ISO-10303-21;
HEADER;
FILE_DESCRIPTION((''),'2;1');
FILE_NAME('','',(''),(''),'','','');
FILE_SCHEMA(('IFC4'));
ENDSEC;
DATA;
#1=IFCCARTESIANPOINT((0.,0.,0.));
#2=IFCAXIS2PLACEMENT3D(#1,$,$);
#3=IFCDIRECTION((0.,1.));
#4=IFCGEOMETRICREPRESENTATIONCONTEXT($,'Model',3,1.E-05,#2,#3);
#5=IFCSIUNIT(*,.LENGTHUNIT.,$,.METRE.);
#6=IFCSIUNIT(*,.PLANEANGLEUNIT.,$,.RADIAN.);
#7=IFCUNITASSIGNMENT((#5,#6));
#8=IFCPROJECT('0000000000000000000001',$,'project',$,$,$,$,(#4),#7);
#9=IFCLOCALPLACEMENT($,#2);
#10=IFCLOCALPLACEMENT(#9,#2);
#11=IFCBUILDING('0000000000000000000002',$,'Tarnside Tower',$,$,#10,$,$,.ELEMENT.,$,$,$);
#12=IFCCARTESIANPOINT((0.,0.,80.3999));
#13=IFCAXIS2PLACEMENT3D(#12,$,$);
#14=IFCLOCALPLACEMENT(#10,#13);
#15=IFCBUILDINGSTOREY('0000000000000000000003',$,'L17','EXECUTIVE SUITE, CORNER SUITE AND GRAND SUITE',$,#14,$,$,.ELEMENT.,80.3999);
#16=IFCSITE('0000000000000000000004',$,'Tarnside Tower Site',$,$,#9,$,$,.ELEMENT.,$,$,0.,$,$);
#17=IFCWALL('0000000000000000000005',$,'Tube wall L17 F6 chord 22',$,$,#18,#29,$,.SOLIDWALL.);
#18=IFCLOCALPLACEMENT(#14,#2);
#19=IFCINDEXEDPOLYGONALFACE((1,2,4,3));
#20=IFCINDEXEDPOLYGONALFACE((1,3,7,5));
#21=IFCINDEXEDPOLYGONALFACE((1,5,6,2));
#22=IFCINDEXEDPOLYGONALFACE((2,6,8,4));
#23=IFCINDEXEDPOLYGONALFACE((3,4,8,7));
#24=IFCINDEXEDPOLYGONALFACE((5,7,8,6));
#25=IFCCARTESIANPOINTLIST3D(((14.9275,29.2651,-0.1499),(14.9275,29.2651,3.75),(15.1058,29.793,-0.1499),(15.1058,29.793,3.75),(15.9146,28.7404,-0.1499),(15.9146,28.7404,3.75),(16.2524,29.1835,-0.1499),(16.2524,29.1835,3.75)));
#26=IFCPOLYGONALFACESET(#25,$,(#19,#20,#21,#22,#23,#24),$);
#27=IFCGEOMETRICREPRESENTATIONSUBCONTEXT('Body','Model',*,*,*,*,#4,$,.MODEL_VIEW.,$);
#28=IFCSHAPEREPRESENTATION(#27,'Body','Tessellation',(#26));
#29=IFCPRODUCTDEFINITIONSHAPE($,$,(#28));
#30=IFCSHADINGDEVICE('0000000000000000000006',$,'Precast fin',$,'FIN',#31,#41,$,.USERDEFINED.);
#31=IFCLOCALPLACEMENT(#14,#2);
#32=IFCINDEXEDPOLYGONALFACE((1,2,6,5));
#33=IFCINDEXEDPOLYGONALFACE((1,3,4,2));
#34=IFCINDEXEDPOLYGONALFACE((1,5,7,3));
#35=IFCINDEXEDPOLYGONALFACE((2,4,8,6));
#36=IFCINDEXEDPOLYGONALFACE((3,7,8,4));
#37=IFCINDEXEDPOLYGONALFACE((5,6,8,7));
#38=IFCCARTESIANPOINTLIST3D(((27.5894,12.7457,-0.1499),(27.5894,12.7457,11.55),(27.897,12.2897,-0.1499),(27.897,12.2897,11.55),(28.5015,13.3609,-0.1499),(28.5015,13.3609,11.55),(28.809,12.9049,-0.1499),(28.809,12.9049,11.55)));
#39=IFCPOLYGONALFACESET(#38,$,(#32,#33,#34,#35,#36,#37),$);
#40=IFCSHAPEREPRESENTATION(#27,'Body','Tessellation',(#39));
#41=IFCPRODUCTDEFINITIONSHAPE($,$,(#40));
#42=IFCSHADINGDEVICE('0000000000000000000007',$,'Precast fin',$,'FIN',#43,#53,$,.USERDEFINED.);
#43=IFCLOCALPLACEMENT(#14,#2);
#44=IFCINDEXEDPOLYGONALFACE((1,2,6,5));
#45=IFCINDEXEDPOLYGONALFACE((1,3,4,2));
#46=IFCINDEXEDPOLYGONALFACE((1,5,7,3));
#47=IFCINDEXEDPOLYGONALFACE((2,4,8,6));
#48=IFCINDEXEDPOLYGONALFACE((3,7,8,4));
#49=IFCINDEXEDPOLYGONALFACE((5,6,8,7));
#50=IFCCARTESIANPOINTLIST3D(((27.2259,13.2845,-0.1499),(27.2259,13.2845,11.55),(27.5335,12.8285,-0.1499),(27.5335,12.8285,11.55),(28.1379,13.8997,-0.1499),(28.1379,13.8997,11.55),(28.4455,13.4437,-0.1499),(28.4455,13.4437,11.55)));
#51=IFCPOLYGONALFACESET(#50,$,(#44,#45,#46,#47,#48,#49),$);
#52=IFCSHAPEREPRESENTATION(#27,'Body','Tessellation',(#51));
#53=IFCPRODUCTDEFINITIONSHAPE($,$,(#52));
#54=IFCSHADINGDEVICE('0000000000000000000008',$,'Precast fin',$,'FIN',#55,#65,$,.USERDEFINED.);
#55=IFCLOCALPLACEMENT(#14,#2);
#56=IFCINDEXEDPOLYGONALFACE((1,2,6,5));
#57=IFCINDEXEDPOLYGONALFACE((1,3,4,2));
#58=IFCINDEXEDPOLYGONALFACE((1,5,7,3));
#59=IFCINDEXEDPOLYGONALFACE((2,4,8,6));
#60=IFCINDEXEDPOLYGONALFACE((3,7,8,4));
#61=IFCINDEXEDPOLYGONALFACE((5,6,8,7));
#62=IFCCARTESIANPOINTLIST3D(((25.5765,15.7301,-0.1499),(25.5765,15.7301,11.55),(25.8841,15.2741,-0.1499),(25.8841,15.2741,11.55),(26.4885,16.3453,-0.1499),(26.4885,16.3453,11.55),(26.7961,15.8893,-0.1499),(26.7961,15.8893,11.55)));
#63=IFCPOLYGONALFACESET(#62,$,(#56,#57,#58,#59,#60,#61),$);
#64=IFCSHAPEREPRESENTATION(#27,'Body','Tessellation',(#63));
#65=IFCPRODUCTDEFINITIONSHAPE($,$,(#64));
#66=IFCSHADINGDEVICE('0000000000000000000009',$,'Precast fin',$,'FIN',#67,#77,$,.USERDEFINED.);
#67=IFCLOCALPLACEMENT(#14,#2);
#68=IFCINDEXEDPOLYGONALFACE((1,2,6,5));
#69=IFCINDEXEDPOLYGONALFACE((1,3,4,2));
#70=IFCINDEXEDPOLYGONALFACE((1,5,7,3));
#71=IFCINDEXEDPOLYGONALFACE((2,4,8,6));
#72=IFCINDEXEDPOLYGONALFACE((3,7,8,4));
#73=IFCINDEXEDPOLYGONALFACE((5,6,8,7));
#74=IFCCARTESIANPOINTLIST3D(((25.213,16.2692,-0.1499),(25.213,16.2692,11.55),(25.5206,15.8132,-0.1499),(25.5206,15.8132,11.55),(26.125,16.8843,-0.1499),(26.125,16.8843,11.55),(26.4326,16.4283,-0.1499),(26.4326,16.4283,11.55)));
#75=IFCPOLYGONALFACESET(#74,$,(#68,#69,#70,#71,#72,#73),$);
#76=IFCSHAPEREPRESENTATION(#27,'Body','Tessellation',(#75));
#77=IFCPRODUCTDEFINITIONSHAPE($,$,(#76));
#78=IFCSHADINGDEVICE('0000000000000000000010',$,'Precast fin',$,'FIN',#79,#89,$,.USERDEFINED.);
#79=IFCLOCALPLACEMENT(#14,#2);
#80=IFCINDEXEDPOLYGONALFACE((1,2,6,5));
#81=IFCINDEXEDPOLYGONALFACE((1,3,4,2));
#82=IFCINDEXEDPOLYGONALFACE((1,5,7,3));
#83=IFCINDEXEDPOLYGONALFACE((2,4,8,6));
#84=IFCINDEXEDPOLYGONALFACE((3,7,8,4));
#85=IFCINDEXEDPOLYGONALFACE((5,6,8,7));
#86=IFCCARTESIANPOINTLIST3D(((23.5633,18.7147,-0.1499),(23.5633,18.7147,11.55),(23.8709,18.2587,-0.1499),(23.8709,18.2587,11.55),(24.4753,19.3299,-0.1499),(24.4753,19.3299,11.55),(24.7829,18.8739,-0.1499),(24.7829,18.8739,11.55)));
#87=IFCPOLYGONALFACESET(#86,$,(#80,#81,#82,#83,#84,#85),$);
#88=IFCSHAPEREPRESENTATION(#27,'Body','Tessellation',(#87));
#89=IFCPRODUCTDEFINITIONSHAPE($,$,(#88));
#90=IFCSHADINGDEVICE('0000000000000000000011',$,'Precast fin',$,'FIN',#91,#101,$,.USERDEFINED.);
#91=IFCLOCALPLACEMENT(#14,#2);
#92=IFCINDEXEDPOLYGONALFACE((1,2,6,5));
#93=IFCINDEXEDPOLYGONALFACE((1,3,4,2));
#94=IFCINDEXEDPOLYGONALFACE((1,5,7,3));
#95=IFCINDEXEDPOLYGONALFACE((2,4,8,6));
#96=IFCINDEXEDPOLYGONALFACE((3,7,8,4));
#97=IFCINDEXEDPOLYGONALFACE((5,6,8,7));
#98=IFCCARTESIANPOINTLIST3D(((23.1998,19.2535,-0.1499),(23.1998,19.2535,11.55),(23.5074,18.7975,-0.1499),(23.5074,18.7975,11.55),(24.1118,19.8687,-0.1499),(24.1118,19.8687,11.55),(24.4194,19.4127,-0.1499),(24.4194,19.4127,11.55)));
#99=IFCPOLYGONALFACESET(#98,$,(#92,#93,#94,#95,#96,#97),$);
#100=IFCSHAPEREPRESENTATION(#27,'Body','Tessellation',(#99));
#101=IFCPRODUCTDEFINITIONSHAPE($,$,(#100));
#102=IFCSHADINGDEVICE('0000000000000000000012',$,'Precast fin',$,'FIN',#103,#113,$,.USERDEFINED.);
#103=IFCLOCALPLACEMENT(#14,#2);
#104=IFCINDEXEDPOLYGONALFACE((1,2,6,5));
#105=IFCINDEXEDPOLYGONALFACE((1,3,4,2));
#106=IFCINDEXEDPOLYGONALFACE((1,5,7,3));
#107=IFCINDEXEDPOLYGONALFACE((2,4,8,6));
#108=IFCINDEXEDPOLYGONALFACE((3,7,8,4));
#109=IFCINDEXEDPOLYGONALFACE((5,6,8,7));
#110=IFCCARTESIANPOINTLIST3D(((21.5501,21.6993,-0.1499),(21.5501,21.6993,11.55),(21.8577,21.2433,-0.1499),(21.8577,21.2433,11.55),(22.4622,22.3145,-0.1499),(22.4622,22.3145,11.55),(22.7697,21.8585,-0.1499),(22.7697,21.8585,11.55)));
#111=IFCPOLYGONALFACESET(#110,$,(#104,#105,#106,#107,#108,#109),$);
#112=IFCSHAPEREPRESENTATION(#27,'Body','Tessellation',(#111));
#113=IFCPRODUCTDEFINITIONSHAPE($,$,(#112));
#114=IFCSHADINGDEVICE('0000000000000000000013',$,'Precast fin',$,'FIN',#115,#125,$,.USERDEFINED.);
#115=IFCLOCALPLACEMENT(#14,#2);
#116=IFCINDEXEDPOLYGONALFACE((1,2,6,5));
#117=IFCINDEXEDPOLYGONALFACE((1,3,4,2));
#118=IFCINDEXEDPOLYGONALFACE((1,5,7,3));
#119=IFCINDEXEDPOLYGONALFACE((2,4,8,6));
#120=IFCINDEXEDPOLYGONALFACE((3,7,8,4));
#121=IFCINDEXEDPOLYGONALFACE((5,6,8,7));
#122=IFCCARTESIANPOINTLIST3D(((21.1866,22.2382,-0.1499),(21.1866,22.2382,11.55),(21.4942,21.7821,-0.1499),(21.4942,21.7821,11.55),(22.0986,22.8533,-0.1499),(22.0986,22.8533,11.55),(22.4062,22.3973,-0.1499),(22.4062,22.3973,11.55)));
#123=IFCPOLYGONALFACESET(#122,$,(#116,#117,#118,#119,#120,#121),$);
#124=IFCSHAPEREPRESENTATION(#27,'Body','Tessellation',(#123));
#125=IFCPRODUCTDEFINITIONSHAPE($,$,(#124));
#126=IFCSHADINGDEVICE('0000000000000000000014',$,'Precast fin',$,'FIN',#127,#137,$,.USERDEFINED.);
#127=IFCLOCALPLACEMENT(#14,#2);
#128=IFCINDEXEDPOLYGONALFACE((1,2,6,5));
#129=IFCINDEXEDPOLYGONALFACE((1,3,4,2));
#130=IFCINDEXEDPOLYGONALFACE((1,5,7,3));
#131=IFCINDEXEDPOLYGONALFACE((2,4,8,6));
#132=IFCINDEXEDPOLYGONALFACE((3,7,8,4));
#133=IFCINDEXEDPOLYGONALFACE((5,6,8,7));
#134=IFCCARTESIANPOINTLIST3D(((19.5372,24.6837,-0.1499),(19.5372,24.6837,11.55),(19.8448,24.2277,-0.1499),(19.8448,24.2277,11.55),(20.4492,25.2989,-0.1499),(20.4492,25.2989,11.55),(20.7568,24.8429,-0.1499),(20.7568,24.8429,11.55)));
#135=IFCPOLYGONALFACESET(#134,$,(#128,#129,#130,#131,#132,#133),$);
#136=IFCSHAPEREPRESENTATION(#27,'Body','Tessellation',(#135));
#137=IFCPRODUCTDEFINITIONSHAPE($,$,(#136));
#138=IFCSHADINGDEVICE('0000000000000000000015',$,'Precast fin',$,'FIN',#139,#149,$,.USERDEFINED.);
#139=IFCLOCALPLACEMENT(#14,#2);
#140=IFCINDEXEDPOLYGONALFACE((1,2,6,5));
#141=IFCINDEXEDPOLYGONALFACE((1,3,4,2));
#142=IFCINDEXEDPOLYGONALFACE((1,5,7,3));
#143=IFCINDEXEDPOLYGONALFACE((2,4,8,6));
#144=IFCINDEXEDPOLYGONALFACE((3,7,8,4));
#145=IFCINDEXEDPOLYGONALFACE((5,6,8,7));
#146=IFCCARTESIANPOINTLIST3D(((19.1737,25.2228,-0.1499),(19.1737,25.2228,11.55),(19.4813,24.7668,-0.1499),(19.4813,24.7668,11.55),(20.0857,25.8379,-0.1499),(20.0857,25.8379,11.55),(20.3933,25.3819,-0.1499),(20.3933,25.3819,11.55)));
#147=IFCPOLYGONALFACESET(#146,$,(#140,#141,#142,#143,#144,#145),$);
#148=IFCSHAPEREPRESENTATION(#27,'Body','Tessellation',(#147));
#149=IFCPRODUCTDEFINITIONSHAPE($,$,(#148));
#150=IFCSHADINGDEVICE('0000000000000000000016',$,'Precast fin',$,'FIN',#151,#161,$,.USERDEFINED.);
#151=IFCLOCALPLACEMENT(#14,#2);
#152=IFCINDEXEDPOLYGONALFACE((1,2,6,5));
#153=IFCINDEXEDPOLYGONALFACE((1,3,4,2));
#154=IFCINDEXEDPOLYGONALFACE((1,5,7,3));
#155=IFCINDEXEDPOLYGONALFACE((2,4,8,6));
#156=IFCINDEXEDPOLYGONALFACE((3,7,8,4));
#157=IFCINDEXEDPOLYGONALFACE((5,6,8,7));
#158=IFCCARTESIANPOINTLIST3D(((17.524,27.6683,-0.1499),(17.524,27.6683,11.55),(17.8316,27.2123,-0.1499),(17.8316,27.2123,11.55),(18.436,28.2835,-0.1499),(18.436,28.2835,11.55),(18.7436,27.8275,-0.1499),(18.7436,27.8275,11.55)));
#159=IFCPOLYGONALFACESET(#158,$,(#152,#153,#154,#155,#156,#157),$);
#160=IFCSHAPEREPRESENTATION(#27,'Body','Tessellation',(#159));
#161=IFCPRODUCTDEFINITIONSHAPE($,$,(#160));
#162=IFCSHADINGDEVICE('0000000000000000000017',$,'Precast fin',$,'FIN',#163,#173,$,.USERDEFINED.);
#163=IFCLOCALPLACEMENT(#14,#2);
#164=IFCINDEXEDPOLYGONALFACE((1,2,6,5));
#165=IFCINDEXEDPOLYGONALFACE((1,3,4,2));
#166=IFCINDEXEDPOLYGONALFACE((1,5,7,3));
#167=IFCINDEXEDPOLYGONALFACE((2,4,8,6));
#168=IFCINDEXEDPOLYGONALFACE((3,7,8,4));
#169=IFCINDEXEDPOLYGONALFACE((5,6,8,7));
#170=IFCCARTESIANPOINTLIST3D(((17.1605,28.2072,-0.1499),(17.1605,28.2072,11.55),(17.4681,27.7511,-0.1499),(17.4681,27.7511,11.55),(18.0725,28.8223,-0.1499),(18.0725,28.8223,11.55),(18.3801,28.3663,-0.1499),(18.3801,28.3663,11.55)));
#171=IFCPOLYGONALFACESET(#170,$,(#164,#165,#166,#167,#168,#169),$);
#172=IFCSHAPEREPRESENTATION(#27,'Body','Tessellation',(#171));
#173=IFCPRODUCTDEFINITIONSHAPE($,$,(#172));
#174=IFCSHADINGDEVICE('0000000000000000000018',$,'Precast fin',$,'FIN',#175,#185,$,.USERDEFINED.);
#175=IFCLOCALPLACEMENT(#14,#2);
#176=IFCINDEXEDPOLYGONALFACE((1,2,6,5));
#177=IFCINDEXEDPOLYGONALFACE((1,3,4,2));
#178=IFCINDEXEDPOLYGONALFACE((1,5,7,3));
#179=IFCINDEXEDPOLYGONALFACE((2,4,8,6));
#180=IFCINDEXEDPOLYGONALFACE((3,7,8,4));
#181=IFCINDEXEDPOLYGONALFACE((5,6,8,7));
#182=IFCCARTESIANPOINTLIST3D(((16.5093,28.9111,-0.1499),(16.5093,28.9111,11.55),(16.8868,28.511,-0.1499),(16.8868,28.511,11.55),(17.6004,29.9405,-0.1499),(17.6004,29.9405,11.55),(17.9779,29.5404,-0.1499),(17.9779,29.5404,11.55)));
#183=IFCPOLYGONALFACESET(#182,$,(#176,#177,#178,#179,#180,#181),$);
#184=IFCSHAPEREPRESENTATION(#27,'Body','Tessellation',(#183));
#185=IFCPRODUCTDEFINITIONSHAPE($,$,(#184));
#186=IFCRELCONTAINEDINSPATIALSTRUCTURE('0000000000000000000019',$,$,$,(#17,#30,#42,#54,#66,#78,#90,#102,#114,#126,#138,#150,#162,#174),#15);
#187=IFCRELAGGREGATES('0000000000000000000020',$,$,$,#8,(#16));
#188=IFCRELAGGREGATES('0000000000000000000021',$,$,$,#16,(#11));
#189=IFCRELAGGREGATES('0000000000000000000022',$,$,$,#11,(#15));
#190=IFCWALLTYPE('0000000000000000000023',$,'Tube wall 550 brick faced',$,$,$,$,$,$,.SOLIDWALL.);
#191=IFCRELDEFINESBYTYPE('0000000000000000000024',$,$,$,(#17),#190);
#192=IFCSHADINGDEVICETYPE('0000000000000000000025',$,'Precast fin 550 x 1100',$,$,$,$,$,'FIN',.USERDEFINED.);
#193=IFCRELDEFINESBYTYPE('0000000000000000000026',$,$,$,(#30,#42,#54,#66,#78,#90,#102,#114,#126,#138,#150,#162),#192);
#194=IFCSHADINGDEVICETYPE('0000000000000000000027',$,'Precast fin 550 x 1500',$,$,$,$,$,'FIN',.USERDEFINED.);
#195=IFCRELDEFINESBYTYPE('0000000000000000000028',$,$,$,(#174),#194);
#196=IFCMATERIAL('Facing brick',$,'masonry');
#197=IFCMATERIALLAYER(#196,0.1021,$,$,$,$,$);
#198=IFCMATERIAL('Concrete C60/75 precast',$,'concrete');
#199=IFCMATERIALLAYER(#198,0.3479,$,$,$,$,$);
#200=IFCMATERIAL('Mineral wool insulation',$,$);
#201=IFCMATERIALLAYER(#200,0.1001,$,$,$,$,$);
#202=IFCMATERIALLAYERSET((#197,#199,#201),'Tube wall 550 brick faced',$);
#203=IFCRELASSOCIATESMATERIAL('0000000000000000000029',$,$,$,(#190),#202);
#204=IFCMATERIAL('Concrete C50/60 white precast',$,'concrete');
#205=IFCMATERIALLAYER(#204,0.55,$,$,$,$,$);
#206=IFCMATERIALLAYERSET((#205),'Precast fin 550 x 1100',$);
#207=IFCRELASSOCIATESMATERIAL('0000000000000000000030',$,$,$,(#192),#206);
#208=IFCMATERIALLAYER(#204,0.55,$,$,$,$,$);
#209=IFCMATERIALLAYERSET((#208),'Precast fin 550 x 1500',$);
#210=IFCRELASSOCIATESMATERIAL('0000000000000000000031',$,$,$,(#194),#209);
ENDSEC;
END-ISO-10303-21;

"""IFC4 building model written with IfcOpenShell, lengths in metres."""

from ifc_helpers import new_model, si_unit, direction, frame, origin, place, context, subcontext, project, spatial, polyline, outline, extrude, material, layer, layer_set, type_object, element, save


model = new_model("IFC4")

# Units and contexts
model_context = context("Model", 3, precision=1e-05, world=origin(), true_north=direction((0.0, 1.0)))
body_context = subcontext(model_context, "Body", "Model", "MODEL_VIEW")
ifc_project = project(units=[si_unit("LENGTHUNIT", "METRE"), si_unit("PLANEANGLEUNIT", "RADIAN")], contexts=[model_context])

# Site, building, storey
site_placement = place(None, origin())
site = spatial("IfcSite", under=ifc_project, at=site_placement, Name="Tarnside Tower Site", CompositionType="ELEMENT", RefElevation=0.0)
building_placement = place(site_placement, origin())
building = spatial("IfcBuilding", under=site, at=building_placement, Name="Tarnside Tower", CompositionType="ELEMENT")
storey_placement = place(building_placement, frame((0.0, 0.0, 80.3999)))
storey = spatial("IfcBuildingStorey", under=building, at=storey_placement, Name="L17", Description="EXECUTIVE SUITE, CORNER SUITE AND GRAND SUITE", CompositionType="ELEMENT", Elevation=80.3999)

# Wall
ifc_material_1 = material(Name="Facing brick", Category="masonry")
ifc_layer_1 = layer(ifc_material_1, 0.1021)
ifc_material_2 = material(Name="Concrete C60/75 precast", Category="concrete")
ifc_layer_2 = layer(ifc_material_2, 0.3479)
ifc_material_3 = material(Name="Mineral wool insulation")
ifc_layer_3 = layer(ifc_material_3, 0.1001)
ifc_layer_set_1 = layer_set([ifc_layer_1, ifc_layer_2, ifc_layer_3], Name="Tube wall 550 brick faced")
wall_type_1 = type_object("IfcWallType", Name="Tube wall 550 brick faced", PredefinedType="SOLIDWALL", material=ifc_layer_set_1)
wall_1_placement = place(storey_placement, frame((16.0835, 28.9619, -0.1499), z_axis=(0.0, 0.0, 1.0), x_axis=(-0.882995, 0.469382, 0.0)))
element("IfcWall", 1, at=wall_1_placement, inside=storey, type_object=wall_type_1, Name="Tube wall L17 F6 chord 22", PredefinedType="SOLIDWALL", context=body_context, shape_type="SweptSolid", body=[
    extrude(outline(polyline([(-0.0452, -0.2749), (1.2534, -0.2749), (1.1631, 0.2749), (0.0452, 0.2749), (-0.0452, -0.2749)])), origin(), (0.0, 0.0, 1.0), 3.8999),
])

# Shading devices
ifc_material_4 = material(Name="Concrete C50/60 white precast", Category="concrete")
ifc_layer_4 = layer(ifc_material_4, 0.55)
ifc_layer_set_2 = layer_set([ifc_layer_4], Name="Precast fin 550 x 1100")
shading_device_type_1 = type_object("IfcShadingDeviceType", Name="Precast fin 550 x 1100", ElementType="FIN", PredefinedType="USERDEFINED", material=ifc_layer_set_2)
for number, where, z_axis, x_axis, name in (
    (2, (27.7432, 12.5178, -0.1499), (0.559193, -0.829038, 0.0), (0.829038, 0.559193, 0.0), "Precast fin"),
    (3, (27.3796, 13.0566, -0.1499), (0.559193, -0.829038, 0.0), (0.829038, 0.559193, 0.0), "Precast fin"),
    (4, (25.7302, 15.5022, -0.1499), (0.559193, -0.829038, 0.0), (0.829038, 0.559193, 0.0), "Precast fin"),
    (5, (25.3667, 16.0413, -0.1499), (0.559193, -0.829038, 0.0), (0.829038, 0.559193, 0.0), "Precast fin"),
    (6, (23.717, 18.4868, -0.1499), (0.559193, -0.829038, 0.0), (0.829038, 0.559193, 0.0), "Precast fin"),
    (7, (23.3535, 19.0256, -0.1499), (0.559193, -0.829038, 0.0), (0.829038, 0.559193, 0.0), "Precast fin"),
    (8, (21.7039, 21.4714, -0.1499), (0.559193, -0.829038, 0.0), (0.829038, 0.559193, 0.0), "Precast fin"),
    (9, (21.3403, 22.0103, -0.1499), (0.559193, -0.829038, 0.0), (0.829038, 0.559193, 0.0), "Precast fin"),
    (10, (19.6909, 24.4558, -0.1499), (0.559193, -0.829038, 0.0), (0.829038, 0.559193, 0.0), "Precast fin"),
    (11, (19.3274, 24.9949, -0.1499), (0.559193, -0.829038, 0.0), (0.829038, 0.559193, 0.0), "Precast fin"),
    (12, (17.6777, 27.4404, -0.1499), (0.559193, -0.829038, 0.0), (0.829038, 0.559193, 0.0), "Precast fin"),
    (13, (17.3142, 27.9792, -0.1499), (0.559193, -0.829038, 0.0), (0.829038, 0.559193, 0.0), "Precast fin"),
):
    element("IfcShadingDevice", number, at=place(storey_placement, frame(where, z_axis=z_axis, x_axis=x_axis)), inside=storey, type_object=shading_device_type_1, Name=name, ObjectType="FIN", PredefinedType="USERDEFINED", context=body_context, shape_type="SweptSolid", body=[
        extrude(outline(polyline([(0.0, 0.0), (1.1001, 0.0), (1.1001, 11.7), (0.0, 11.7), (0.0, 0.0)])), frame((0.0, 0.0, -0.2749)), (0.0, 0.0, 1.0), 0.55),
    ])
ifc_layer_5 = layer(ifc_material_4, 0.55)
ifc_layer_set_3 = layer_set([ifc_layer_5], Name="Precast fin 550 x 1500")
shading_device_type_2 = type_object("IfcShadingDeviceType", Name="Precast fin 550 x 1500", ElementType="FIN", PredefinedType="USERDEFINED", material=ifc_layer_set_3)
shading_device_placement = place(storey_placement, frame((16.698, 28.7112, -0.1499), z_axis=(0.686242, -0.727374, 0.0), x_axis=(0.727374, 0.686242, 0.0)))
element("IfcShadingDevice", 14, at=shading_device_placement, inside=storey, type_object=shading_device_type_2, Name="Precast fin", ObjectType="FIN", PredefinedType="USERDEFINED", context=body_context, shape_type="SweptSolid", body=[
    extrude(outline(polyline([(0.0, 0.0), (1.5, 0.0), (1.5, 11.7), (0.0, 11.7), (0.0, 0.0)])), frame((0.0, 0.0, -0.2749)), (0.0, 0.0, 1.0), 0.55),
])

save(model, "model.ifc")
